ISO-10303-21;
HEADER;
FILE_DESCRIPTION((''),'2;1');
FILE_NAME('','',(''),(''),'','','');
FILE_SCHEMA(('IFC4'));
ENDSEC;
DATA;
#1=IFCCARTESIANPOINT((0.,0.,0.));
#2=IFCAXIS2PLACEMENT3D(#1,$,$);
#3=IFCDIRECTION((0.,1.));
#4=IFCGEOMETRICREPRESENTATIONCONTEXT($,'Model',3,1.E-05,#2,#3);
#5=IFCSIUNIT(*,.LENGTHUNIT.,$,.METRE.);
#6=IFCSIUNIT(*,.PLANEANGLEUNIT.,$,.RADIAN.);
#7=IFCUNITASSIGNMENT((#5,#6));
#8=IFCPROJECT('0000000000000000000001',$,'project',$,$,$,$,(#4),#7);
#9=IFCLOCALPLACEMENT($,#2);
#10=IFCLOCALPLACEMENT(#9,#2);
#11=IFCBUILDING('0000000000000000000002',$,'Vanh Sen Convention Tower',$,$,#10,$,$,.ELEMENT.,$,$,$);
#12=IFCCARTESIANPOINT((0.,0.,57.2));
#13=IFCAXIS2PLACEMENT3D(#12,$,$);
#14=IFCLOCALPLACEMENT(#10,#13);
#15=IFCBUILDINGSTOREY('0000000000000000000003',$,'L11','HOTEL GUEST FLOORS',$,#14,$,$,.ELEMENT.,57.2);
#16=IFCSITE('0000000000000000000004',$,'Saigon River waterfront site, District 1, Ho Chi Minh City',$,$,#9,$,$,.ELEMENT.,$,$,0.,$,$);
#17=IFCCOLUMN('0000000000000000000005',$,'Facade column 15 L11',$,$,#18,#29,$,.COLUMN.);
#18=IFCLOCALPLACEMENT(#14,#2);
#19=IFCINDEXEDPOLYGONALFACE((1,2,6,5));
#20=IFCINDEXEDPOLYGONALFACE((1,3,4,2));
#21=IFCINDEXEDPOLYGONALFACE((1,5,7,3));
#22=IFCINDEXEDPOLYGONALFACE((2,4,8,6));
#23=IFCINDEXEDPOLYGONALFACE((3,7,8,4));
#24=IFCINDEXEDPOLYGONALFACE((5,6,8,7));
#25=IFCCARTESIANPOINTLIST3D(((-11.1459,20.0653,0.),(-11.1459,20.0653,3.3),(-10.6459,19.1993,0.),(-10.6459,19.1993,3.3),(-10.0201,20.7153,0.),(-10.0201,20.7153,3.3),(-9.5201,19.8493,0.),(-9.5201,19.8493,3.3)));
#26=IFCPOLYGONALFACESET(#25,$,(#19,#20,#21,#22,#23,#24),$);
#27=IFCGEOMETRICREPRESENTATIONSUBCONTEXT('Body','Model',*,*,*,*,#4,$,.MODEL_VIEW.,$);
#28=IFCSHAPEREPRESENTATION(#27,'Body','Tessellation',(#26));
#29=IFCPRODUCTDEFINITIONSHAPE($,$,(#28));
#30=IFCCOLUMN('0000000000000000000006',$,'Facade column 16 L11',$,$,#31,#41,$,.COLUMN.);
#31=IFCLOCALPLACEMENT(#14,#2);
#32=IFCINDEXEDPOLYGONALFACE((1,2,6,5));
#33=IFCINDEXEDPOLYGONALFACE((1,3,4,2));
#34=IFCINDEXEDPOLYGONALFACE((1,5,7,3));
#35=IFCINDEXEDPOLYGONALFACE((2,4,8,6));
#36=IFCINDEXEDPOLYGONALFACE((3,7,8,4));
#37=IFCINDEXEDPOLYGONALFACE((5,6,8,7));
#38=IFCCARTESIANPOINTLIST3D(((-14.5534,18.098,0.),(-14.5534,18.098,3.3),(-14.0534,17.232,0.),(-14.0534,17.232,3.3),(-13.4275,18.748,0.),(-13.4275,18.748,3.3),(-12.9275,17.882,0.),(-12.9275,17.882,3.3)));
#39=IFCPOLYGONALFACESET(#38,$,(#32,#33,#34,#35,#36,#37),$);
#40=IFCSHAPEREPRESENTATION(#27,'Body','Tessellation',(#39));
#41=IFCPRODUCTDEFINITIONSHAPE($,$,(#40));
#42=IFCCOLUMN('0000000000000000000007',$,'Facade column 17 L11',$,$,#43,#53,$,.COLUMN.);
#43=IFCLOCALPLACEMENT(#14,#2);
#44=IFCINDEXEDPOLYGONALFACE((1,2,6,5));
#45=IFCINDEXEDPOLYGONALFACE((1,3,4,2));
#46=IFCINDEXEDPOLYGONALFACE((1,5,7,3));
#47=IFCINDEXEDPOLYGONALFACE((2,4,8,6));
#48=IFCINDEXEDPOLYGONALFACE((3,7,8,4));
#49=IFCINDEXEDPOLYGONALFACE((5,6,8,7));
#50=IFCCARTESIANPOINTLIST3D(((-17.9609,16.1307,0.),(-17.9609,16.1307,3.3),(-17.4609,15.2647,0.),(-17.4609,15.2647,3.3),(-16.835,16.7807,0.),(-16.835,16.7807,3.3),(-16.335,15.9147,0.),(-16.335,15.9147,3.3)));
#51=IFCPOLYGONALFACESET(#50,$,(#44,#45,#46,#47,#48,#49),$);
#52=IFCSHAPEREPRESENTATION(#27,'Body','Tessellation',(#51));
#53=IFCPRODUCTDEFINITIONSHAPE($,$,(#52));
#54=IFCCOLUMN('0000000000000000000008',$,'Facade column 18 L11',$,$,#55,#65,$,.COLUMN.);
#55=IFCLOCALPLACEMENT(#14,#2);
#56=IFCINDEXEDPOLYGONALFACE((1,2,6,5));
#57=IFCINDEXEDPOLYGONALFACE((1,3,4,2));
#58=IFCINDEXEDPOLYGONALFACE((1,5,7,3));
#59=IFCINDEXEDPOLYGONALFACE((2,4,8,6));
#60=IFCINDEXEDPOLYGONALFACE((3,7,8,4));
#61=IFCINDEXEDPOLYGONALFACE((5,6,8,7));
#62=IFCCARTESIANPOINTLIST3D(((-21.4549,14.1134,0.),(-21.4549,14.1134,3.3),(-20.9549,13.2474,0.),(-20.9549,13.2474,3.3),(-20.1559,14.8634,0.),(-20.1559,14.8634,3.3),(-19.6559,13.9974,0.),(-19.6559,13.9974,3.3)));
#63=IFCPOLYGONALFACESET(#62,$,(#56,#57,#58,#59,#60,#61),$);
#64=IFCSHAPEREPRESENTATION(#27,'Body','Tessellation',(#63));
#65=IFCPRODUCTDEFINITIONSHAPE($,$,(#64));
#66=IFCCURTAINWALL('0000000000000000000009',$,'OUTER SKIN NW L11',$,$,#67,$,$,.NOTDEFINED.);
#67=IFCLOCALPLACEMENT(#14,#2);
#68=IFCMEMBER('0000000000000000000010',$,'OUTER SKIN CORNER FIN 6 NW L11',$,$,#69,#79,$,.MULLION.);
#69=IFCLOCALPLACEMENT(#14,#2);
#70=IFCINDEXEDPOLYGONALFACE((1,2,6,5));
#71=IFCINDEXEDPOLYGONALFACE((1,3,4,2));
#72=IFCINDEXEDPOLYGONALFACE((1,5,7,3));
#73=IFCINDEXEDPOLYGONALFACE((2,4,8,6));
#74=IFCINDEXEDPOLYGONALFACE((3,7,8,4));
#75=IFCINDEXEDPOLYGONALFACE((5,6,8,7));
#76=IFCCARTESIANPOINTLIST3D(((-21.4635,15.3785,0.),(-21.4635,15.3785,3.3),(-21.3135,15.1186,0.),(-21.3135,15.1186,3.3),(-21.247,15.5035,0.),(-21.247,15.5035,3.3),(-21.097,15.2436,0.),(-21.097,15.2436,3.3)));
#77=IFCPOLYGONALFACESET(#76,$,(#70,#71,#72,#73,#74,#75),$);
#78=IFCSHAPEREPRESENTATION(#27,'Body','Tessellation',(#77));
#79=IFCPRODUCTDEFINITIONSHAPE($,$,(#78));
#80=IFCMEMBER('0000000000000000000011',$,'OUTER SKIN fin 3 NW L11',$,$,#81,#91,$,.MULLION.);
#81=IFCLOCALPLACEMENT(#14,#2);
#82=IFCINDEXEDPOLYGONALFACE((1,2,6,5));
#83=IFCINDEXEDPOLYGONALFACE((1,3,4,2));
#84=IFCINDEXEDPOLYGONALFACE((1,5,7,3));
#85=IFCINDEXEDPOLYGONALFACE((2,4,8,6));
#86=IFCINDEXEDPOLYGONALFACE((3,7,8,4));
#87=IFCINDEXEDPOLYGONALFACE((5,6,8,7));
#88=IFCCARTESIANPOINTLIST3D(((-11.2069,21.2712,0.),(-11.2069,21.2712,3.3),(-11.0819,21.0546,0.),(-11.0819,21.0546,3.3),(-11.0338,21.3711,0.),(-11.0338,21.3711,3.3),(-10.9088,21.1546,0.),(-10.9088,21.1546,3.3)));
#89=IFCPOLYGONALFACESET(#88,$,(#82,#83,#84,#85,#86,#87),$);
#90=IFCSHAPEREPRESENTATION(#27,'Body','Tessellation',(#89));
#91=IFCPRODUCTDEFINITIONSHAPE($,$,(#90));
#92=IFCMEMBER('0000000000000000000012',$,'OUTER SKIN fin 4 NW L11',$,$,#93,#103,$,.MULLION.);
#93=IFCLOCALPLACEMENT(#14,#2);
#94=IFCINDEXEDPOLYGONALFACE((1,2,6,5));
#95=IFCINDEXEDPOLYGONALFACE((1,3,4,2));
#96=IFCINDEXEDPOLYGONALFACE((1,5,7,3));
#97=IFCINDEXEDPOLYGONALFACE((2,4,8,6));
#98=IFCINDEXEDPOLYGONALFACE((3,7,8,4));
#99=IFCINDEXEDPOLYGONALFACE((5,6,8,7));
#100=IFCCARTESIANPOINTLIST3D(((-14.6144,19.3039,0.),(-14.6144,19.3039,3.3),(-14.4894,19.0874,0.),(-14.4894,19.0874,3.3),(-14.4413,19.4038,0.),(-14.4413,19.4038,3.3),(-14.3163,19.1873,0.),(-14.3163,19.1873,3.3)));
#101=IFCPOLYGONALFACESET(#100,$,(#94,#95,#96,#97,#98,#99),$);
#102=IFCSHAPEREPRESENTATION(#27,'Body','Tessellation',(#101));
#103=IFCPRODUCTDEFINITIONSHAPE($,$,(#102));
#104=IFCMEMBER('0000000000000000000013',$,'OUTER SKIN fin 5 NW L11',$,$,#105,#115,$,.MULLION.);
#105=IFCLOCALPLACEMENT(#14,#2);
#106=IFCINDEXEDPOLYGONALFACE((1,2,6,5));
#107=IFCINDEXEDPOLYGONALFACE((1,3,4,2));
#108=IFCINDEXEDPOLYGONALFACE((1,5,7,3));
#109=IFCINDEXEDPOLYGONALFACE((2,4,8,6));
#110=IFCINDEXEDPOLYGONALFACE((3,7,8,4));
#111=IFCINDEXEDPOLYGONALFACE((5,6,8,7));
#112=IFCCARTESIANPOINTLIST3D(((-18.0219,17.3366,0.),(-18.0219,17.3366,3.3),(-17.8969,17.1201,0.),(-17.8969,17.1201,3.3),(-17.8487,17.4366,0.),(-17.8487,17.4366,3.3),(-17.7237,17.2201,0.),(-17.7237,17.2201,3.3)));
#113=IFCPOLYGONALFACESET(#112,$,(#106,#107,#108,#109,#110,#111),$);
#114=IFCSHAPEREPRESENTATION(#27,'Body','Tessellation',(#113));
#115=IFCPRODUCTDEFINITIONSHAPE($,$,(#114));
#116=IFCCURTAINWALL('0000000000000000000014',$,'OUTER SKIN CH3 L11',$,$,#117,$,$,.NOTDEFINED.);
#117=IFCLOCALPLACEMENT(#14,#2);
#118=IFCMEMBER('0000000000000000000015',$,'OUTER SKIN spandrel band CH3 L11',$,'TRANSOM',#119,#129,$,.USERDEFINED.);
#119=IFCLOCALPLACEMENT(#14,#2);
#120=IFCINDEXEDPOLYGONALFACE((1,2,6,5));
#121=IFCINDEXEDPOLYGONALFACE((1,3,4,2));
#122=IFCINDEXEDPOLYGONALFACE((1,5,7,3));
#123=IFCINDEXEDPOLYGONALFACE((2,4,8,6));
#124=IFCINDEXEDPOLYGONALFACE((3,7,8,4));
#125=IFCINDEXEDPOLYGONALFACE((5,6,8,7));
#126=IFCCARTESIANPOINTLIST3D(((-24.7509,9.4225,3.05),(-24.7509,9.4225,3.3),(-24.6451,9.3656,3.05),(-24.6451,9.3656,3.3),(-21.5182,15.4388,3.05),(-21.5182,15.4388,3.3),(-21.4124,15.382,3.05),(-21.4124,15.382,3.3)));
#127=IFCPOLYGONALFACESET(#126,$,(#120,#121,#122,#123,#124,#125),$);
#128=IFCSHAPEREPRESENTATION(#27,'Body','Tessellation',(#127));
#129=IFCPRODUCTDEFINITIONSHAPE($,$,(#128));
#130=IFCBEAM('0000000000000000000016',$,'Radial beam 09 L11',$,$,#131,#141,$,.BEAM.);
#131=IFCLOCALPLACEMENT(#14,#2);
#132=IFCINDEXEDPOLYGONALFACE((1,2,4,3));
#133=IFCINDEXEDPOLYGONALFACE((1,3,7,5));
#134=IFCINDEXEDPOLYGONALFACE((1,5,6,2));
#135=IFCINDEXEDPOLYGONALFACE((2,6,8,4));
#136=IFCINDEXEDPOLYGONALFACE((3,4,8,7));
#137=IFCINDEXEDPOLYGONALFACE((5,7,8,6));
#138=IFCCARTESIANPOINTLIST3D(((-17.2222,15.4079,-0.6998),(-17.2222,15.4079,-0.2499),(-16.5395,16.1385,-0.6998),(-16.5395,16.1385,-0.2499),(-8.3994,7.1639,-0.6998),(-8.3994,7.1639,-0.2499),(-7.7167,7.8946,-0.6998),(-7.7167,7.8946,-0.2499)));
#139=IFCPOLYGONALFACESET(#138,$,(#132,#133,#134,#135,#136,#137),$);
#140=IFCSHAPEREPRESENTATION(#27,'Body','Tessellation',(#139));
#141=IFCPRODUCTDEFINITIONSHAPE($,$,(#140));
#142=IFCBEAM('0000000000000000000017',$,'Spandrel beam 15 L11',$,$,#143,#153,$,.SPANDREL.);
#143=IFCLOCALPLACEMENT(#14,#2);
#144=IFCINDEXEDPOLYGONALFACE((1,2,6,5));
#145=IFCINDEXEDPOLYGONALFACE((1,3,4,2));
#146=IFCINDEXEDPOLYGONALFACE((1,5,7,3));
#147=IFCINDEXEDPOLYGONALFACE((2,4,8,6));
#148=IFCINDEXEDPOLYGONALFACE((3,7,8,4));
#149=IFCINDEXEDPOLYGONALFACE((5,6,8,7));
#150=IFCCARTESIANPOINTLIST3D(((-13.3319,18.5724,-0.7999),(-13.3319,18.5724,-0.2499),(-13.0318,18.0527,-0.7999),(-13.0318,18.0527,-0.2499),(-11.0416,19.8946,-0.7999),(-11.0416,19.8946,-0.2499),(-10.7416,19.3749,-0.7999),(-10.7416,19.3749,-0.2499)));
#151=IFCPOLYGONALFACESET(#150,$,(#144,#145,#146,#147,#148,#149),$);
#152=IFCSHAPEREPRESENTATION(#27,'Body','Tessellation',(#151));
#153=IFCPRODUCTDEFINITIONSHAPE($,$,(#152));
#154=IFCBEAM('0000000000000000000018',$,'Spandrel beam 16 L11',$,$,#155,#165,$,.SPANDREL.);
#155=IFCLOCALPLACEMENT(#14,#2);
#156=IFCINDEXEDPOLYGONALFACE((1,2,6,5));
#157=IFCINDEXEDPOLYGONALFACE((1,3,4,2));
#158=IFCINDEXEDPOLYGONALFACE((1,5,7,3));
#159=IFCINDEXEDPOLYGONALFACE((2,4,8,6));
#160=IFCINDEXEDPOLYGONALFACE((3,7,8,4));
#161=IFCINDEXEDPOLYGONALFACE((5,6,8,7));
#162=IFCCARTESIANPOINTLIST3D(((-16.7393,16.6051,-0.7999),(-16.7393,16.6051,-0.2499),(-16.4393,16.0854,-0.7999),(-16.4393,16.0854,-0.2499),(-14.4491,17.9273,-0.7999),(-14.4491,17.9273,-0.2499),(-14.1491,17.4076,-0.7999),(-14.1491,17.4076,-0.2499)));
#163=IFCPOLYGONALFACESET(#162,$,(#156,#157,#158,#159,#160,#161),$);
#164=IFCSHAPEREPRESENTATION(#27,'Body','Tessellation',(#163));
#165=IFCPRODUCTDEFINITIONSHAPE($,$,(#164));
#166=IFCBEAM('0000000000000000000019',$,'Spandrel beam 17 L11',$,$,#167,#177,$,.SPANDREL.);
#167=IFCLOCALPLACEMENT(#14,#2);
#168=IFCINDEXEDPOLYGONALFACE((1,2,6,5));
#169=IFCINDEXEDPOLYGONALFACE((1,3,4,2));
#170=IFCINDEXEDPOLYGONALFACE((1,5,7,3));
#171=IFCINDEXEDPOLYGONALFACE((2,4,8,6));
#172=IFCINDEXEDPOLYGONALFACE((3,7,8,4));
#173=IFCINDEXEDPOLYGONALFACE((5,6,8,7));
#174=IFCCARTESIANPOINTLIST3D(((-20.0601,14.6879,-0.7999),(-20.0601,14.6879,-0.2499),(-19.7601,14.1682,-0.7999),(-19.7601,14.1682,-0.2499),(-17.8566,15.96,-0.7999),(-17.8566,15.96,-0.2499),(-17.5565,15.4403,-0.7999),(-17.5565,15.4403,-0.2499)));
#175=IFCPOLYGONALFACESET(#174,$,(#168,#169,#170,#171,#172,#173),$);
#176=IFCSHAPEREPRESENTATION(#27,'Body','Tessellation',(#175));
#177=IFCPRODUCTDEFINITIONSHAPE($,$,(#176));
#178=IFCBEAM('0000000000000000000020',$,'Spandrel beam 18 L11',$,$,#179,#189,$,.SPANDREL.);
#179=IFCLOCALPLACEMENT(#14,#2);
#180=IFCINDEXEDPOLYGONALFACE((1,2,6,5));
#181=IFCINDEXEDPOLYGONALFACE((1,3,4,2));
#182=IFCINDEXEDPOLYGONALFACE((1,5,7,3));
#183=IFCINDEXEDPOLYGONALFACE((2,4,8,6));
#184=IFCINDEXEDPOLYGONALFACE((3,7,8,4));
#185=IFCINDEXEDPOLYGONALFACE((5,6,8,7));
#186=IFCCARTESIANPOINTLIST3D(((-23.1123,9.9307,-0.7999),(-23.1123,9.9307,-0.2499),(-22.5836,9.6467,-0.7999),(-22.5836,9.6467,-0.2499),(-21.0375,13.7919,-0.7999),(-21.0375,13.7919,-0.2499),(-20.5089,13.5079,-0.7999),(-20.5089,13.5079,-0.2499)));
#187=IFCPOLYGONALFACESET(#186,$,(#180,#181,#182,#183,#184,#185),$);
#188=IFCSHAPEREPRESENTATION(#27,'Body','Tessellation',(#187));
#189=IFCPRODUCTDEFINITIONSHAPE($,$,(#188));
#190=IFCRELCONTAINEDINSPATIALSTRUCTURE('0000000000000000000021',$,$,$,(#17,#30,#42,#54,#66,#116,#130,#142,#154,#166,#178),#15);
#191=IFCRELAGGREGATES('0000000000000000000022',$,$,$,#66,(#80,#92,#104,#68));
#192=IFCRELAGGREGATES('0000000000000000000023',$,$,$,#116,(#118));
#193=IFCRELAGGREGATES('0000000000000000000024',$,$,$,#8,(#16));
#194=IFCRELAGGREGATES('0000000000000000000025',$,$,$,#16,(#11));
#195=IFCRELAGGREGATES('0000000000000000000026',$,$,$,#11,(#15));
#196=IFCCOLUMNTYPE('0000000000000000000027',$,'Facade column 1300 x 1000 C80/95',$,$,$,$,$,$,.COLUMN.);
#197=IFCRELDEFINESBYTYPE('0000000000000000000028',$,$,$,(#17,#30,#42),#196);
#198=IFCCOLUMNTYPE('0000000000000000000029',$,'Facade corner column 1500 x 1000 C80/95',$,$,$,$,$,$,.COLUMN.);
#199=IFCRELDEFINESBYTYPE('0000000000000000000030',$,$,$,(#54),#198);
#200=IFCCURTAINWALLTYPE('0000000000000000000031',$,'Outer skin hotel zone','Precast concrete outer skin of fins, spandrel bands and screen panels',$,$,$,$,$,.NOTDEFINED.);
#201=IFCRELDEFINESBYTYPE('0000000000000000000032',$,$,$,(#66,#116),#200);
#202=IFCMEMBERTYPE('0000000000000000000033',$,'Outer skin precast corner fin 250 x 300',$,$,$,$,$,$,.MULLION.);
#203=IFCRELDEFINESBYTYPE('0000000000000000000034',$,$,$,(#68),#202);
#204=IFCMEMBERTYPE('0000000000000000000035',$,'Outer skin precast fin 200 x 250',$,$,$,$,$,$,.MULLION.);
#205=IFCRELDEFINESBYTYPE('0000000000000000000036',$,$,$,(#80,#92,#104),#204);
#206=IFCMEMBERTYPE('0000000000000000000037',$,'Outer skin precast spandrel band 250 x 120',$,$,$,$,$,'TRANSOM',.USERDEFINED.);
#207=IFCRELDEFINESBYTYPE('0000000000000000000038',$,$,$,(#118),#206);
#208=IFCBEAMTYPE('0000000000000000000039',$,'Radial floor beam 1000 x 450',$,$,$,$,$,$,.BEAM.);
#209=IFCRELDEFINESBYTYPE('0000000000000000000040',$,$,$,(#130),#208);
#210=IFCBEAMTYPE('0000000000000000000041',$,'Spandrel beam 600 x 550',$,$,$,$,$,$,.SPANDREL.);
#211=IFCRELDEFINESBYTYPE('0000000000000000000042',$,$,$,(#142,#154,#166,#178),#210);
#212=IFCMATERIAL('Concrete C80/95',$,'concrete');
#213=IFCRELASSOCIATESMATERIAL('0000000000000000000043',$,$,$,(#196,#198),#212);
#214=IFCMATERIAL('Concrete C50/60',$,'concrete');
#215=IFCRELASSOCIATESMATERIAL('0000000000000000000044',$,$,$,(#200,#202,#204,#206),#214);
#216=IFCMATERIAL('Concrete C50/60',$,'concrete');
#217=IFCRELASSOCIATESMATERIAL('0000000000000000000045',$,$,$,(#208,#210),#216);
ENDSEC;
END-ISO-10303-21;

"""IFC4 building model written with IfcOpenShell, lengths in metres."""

from ifc_helpers import new_model, si_unit, direction, frame, origin, origin_2d, place, context, subcontext, project, spatial, rectangle, extrude, material, material_profile, profile_set, type_object, element, aggregate, save


model = new_model("IFC4")

# Units and contexts
model_context = context("Model", 3, precision=1e-05, world=origin(), true_north=direction((0.0, 1.0)))
body_context = subcontext(model_context, "Body", "Model", "MODEL_VIEW")
ifc_project = project(units=[si_unit("LENGTHUNIT", "METRE"), si_unit("PLANEANGLEUNIT", "RADIAN")], contexts=[model_context])

# Site, building, storey
site_placement = place(None, origin())
site = spatial("IfcSite", under=ifc_project, at=site_placement, Name="Saigon River waterfront site, District 1, Ho Chi Minh City", CompositionType="ELEMENT", RefElevation=0.0)
building_placement = place(site_placement, origin())
building = spatial("IfcBuilding", under=site, at=building_placement, Name="Vanh Sen Convention Tower", CompositionType="ELEMENT")
storey_placement = place(building_placement, frame((0.0, 0.0, 57.2)))
storey = spatial("IfcBuildingStorey", under=building, at=storey_placement, Name="L11", Description="HOTEL GUEST FLOORS", CompositionType="ELEMENT", Elevation=57.2)

# Columns
ifc_material_1 = material(Name="Concrete C80/95", Category="concrete")
ifc_material_profile_1 = material_profile(ifc_material_1, rectangle(XDim=1.3, YDim=1.0, at=origin_2d()), Name="RC 1300X1000")
ifc_profile_set_1 = profile_set([ifc_material_profile_1], Name="Concrete C80/95")
column_type_1 = type_object("IfcColumnType", Name="Facade column 1300 x 1000 C80/95", PredefinedType="COLUMN", material=ifc_profile_set_1)
for number, where, z_axis, x_axis, name in (
    (1, (-10.333, 19.9573, 0.0), (0.0, 0.0, 1.0), (-0.866025, -0.5, 0.0), "Facade column 15 L11"),
    (2, (-13.7405, 17.99, 0.0), (0.0, 0.0, 1.0), (-0.866025, -0.5, 0.0), "Facade column 16 L11"),
    (3, (-17.1479, 16.0227, 0.0), (0.0, 0.0, 1.0), (-0.866025, -0.5, 0.0), "Facade column 17 L11"),
):
    element("IfcColumn", number, at=place(storey_placement, frame(where, z_axis=z_axis, x_axis=x_axis)), inside=storey, type_object=column_type_1, Name=name, PredefinedType="COLUMN", context=body_context, shape_type="SweptSolid", body=[
        extrude(rectangle(XDim=1.3, YDim=1.0, at=origin_2d()), origin(), (0.0, 0.0, 1.0), 3.3),
    ])
ifc_material_profile_2 = material_profile(ifc_material_1, rectangle(XDim=1.5, YDim=1.0, at=origin_2d()), Name="RC 1500X1000")
ifc_profile_set_2 = profile_set([ifc_material_profile_2], Name="Concrete C80/95")
column_type_2 = type_object("IfcColumnType", Name="Facade corner column 1500 x 1000 C80/95", PredefinedType="COLUMN", material=ifc_profile_set_2)
column_placement = place(storey_placement, frame((-20.5554, 14.0554, 0.0), z_axis=(0.0, 0.0, 1.0), x_axis=(-0.866025, -0.5, 0.0)))
element("IfcColumn", 4, at=column_placement, inside=storey, type_object=column_type_2, Name="Facade column 18 L11", PredefinedType="COLUMN", context=body_context, shape_type="SweptSolid", body=[
    extrude(rectangle(XDim=1.5, YDim=1.0, at=origin_2d()), origin(), (0.0, 0.0, 1.0), 3.3),
])

# Curtain wall, members
ifc_material_2 = material(Name="Concrete C50/60", Category="concrete")
curtain_wall_type = type_object("IfcCurtainWallType", Name="Outer skin hotel zone", Description="Precast concrete outer skin of fins, spandrel bands and screen panels", PredefinedType="NOTDEFINED", material=ifc_material_2)
curtain_wall_1_placement = place(storey_placement, origin())
curtain_wall_1 = element("IfcCurtainWall", 5, at=curtain_wall_1_placement, inside=storey, type_object=curtain_wall_type, Name="OUTER SKIN NW L11", PredefinedType="NOTDEFINED")
ifc_material_profile_3 = material_profile(ifc_material_2, rectangle(XDim=0.25, YDim=0.3, at=origin_2d()), Name="Outer skin precast corner fin 250 x 300")
ifc_profile_set_3 = profile_set([ifc_material_profile_3], Name="Concrete C50/60")
member_type_1 = type_object("IfcMemberType", Name="Outer skin precast corner fin 250 x 300", PredefinedType="MULLION", material=ifc_profile_set_3)
member_1_placement = place(storey_placement, frame((-21.2803, 15.311, 0.0), z_axis=(0.0, 0.0, 1.0), x_axis=(-0.866025, -0.5, 0.0)))
member_1 = element("IfcMember", 6, at=member_1_placement, type_object=member_type_1, Name="OUTER SKIN CORNER FIN 6 NW L11", PredefinedType="MULLION", context=body_context, shape_type="SweptSolid", body=[
    extrude(rectangle(XDim=0.25, YDim=0.3, at=origin_2d()), origin(), (0.0, 0.0, 1.0), 3.3),
])
ifc_material_profile_4 = material_profile(ifc_material_2, rectangle(XDim=0.2, YDim=0.25, at=origin_2d()), Name="Outer skin precast fin 200 x 250")
ifc_profile_set_4 = profile_set([ifc_material_profile_4], Name="Concrete C50/60")
member_type_2 = type_object("IfcMemberType", Name="Outer skin precast fin 200 x 250", PredefinedType="MULLION", material=ifc_profile_set_4)
member_2_placement = place(storey_placement, frame((-11.0579, 21.2129, 0.0), z_axis=(0.0, 0.0, 1.0), x_axis=(-0.866025, -0.5, 0.0)))
member_2 = element("IfcMember", 7, at=member_2_placement, type_object=member_type_2, Name="OUTER SKIN fin 3 NW L11", PredefinedType="MULLION", context=body_context, shape_type="SweptSolid", body=[
    extrude(rectangle(XDim=0.2, YDim=0.25, at=origin_2d()), origin(), (0.0, 0.0, 1.0), 3.3),
])
member_3_placement = place(storey_placement, frame((-14.4653, 19.2456, 0.0), z_axis=(0.0, 0.0, 1.0), x_axis=(-0.866025, -0.5, 0.0)))
member_3 = element("IfcMember", 8, at=member_3_placement, type_object=member_type_2, Name="OUTER SKIN fin 4 NW L11", PredefinedType="MULLION", context=body_context, shape_type="SweptSolid", body=[
    extrude(rectangle(XDim=0.2, YDim=0.25, at=origin_2d()), origin(), (0.0, 0.0, 1.0), 3.3),
])
member_4_placement = place(storey_placement, frame((-17.8728, 17.2783, 0.0), z_axis=(0.0, 0.0, 1.0), x_axis=(-0.866025, -0.5, 0.0)))
member_4 = element("IfcMember", 9, at=member_4_placement, type_object=member_type_2, Name="OUTER SKIN fin 5 NW L11", PredefinedType="MULLION", context=body_context, shape_type="SweptSolid", body=[
    extrude(rectangle(XDim=0.2, YDim=0.25, at=origin_2d()), origin(), (0.0, 0.0, 1.0), 3.3),
])

# Curtain wall, member
curtain_wall_2_placement = place(storey_placement, origin())
curtain_wall_2 = element("IfcCurtainWall", 10, at=curtain_wall_2_placement, inside=storey, type_object=curtain_wall_type, Name="OUTER SKIN CH3 L11", PredefinedType="NOTDEFINED")
ifc_material_profile_5 = material_profile(ifc_material_2, rectangle(XDim=0.1201, YDim=0.25, at=origin_2d()), Name="Outer skin precast spandrel band 250 x 120")
ifc_profile_set_5 = profile_set([ifc_material_profile_5], Name="Concrete C50/60")
member_type_3 = type_object("IfcMemberType", Name="Outer skin precast spandrel band 250 x 120", ElementType="TRANSOM", PredefinedType="USERDEFINED", material=ifc_profile_set_5)
member_5_placement = place(storey_placement, frame((-21.4653, 15.4104, 3.175), z_axis=(-0.473315, -0.880893, 0.0), x_axis=(0.880893, -0.473315, 0.0)))
member_5 = element("IfcMember", 11, at=member_5_placement, type_object=member_type_3, Name="OUTER SKIN spandrel band CH3 L11", ObjectType="TRANSOM", PredefinedType="USERDEFINED", context=body_context, shape_type="SweptSolid", body=[
    extrude(rectangle(XDim=0.1201, YDim=0.25, at=origin_2d()), origin(), (0.0, 0.0, 1.0), 6.8298),
])

# Beams
ifc_material_3 = material(Name="Concrete C50/60", Category="concrete")
ifc_material_profile_6 = material_profile(ifc_material_3, rectangle(XDim=1.0, YDim=0.45, at=origin_2d()), Name="RC 1000X450")
ifc_profile_set_6 = profile_set([ifc_material_profile_6], Name="Concrete C50/60")
beam_type_1 = type_object("IfcBeamType", Name="Radial floor beam 1000 x 450", PredefinedType="BEAM", material=ifc_profile_set_6)
beam_1_placement = place(storey_placement, frame((-16.8809, 15.7732, -0.4749), z_axis=(0.73067, -0.682731, 0.0), x_axis=(0.682731, 0.73067, 0.0)))
element("IfcBeam", 12, at=beam_1_placement, inside=storey, type_object=beam_type_1, Name="Radial beam 09 L11", PredefinedType="BEAM", context=body_context, shape_type="SweptSolid", body=[
    extrude(rectangle(XDim=1.0, YDim=0.45, at=origin_2d()), origin(), (0.0, 0.0, 1.0), 12.075),
])
ifc_material_profile_7 = material_profile(ifc_material_3, rectangle(XDim=0.6001, YDim=0.55, at=origin_2d()), Name="RC 600X550")
ifc_profile_set_7 = profile_set([ifc_material_profile_7], Name="Concrete C50/60")
beam_type_2 = type_object("IfcBeamType", Name="Spandrel beam 600 x 550", PredefinedType="SPANDREL", material=ifc_profile_set_7)
for number, where, z_axis, x_axis, name in (
    (13, (-10.8916, 19.6348, -0.5249), (-0.86603, -0.499991, 0.0), (0.499991, -0.86603, 0.0), "Spandrel beam 15 L11"),
    (14, (-14.2991, 17.6675, -0.5249), (-0.86603, -0.499991, 0.0), (0.499991, -0.86603, 0.0), "Spandrel beam 16 L11"),
):
    element("IfcBeam", number, at=place(storey_placement, frame(where, z_axis=z_axis, x_axis=x_axis)), inside=storey, type_object=beam_type_2, Name=name, PredefinedType="SPANDREL", context=body_context, shape_type="SweptSolid", body=[
        extrude(rectangle(XDim=0.6001, YDim=0.55, at=origin_2d()), origin(), (0.0, 0.0, 1.0), 2.6445),
    ])
beam_2_placement = place(storey_placement, frame((-17.7065, 15.7002, -0.5249), z_axis=(-0.866032, -0.499988, 0.0), x_axis=(0.499988, -0.866032, 0.0)))
element("IfcBeam", 15, at=beam_2_placement, inside=storey, type_object=beam_type_2, Name="Spandrel beam 17 L11", PredefinedType="SPANDREL", context=body_context, shape_type="SweptSolid", body=[
    extrude(rectangle(XDim=0.6001, YDim=0.55, at=origin_2d()), origin(), (0.0, 0.0, 1.0), 2.5444),
])
beam_3_placement = place(storey_placement, frame((-20.7732, 13.6499, -0.5249), z_axis=(-0.473332, -0.880884, 0.0), x_axis=(0.880884, -0.473332, 0.0)))
element("IfcBeam", 16, at=beam_3_placement, inside=storey, type_object=beam_type_2, Name="Spandrel beam 18 L11", PredefinedType="SPANDREL", context=body_context, shape_type="SweptSolid", body=[
    extrude(rectangle(XDim=0.6001, YDim=0.55, at=origin_2d()), origin(), (0.0, 0.0, 1.0), 4.3833),
])

aggregate(curtain_wall_1, [member_2, member_3, member_4, member_1])
aggregate(curtain_wall_2, [member_5])

save(model, "model.ifc")
